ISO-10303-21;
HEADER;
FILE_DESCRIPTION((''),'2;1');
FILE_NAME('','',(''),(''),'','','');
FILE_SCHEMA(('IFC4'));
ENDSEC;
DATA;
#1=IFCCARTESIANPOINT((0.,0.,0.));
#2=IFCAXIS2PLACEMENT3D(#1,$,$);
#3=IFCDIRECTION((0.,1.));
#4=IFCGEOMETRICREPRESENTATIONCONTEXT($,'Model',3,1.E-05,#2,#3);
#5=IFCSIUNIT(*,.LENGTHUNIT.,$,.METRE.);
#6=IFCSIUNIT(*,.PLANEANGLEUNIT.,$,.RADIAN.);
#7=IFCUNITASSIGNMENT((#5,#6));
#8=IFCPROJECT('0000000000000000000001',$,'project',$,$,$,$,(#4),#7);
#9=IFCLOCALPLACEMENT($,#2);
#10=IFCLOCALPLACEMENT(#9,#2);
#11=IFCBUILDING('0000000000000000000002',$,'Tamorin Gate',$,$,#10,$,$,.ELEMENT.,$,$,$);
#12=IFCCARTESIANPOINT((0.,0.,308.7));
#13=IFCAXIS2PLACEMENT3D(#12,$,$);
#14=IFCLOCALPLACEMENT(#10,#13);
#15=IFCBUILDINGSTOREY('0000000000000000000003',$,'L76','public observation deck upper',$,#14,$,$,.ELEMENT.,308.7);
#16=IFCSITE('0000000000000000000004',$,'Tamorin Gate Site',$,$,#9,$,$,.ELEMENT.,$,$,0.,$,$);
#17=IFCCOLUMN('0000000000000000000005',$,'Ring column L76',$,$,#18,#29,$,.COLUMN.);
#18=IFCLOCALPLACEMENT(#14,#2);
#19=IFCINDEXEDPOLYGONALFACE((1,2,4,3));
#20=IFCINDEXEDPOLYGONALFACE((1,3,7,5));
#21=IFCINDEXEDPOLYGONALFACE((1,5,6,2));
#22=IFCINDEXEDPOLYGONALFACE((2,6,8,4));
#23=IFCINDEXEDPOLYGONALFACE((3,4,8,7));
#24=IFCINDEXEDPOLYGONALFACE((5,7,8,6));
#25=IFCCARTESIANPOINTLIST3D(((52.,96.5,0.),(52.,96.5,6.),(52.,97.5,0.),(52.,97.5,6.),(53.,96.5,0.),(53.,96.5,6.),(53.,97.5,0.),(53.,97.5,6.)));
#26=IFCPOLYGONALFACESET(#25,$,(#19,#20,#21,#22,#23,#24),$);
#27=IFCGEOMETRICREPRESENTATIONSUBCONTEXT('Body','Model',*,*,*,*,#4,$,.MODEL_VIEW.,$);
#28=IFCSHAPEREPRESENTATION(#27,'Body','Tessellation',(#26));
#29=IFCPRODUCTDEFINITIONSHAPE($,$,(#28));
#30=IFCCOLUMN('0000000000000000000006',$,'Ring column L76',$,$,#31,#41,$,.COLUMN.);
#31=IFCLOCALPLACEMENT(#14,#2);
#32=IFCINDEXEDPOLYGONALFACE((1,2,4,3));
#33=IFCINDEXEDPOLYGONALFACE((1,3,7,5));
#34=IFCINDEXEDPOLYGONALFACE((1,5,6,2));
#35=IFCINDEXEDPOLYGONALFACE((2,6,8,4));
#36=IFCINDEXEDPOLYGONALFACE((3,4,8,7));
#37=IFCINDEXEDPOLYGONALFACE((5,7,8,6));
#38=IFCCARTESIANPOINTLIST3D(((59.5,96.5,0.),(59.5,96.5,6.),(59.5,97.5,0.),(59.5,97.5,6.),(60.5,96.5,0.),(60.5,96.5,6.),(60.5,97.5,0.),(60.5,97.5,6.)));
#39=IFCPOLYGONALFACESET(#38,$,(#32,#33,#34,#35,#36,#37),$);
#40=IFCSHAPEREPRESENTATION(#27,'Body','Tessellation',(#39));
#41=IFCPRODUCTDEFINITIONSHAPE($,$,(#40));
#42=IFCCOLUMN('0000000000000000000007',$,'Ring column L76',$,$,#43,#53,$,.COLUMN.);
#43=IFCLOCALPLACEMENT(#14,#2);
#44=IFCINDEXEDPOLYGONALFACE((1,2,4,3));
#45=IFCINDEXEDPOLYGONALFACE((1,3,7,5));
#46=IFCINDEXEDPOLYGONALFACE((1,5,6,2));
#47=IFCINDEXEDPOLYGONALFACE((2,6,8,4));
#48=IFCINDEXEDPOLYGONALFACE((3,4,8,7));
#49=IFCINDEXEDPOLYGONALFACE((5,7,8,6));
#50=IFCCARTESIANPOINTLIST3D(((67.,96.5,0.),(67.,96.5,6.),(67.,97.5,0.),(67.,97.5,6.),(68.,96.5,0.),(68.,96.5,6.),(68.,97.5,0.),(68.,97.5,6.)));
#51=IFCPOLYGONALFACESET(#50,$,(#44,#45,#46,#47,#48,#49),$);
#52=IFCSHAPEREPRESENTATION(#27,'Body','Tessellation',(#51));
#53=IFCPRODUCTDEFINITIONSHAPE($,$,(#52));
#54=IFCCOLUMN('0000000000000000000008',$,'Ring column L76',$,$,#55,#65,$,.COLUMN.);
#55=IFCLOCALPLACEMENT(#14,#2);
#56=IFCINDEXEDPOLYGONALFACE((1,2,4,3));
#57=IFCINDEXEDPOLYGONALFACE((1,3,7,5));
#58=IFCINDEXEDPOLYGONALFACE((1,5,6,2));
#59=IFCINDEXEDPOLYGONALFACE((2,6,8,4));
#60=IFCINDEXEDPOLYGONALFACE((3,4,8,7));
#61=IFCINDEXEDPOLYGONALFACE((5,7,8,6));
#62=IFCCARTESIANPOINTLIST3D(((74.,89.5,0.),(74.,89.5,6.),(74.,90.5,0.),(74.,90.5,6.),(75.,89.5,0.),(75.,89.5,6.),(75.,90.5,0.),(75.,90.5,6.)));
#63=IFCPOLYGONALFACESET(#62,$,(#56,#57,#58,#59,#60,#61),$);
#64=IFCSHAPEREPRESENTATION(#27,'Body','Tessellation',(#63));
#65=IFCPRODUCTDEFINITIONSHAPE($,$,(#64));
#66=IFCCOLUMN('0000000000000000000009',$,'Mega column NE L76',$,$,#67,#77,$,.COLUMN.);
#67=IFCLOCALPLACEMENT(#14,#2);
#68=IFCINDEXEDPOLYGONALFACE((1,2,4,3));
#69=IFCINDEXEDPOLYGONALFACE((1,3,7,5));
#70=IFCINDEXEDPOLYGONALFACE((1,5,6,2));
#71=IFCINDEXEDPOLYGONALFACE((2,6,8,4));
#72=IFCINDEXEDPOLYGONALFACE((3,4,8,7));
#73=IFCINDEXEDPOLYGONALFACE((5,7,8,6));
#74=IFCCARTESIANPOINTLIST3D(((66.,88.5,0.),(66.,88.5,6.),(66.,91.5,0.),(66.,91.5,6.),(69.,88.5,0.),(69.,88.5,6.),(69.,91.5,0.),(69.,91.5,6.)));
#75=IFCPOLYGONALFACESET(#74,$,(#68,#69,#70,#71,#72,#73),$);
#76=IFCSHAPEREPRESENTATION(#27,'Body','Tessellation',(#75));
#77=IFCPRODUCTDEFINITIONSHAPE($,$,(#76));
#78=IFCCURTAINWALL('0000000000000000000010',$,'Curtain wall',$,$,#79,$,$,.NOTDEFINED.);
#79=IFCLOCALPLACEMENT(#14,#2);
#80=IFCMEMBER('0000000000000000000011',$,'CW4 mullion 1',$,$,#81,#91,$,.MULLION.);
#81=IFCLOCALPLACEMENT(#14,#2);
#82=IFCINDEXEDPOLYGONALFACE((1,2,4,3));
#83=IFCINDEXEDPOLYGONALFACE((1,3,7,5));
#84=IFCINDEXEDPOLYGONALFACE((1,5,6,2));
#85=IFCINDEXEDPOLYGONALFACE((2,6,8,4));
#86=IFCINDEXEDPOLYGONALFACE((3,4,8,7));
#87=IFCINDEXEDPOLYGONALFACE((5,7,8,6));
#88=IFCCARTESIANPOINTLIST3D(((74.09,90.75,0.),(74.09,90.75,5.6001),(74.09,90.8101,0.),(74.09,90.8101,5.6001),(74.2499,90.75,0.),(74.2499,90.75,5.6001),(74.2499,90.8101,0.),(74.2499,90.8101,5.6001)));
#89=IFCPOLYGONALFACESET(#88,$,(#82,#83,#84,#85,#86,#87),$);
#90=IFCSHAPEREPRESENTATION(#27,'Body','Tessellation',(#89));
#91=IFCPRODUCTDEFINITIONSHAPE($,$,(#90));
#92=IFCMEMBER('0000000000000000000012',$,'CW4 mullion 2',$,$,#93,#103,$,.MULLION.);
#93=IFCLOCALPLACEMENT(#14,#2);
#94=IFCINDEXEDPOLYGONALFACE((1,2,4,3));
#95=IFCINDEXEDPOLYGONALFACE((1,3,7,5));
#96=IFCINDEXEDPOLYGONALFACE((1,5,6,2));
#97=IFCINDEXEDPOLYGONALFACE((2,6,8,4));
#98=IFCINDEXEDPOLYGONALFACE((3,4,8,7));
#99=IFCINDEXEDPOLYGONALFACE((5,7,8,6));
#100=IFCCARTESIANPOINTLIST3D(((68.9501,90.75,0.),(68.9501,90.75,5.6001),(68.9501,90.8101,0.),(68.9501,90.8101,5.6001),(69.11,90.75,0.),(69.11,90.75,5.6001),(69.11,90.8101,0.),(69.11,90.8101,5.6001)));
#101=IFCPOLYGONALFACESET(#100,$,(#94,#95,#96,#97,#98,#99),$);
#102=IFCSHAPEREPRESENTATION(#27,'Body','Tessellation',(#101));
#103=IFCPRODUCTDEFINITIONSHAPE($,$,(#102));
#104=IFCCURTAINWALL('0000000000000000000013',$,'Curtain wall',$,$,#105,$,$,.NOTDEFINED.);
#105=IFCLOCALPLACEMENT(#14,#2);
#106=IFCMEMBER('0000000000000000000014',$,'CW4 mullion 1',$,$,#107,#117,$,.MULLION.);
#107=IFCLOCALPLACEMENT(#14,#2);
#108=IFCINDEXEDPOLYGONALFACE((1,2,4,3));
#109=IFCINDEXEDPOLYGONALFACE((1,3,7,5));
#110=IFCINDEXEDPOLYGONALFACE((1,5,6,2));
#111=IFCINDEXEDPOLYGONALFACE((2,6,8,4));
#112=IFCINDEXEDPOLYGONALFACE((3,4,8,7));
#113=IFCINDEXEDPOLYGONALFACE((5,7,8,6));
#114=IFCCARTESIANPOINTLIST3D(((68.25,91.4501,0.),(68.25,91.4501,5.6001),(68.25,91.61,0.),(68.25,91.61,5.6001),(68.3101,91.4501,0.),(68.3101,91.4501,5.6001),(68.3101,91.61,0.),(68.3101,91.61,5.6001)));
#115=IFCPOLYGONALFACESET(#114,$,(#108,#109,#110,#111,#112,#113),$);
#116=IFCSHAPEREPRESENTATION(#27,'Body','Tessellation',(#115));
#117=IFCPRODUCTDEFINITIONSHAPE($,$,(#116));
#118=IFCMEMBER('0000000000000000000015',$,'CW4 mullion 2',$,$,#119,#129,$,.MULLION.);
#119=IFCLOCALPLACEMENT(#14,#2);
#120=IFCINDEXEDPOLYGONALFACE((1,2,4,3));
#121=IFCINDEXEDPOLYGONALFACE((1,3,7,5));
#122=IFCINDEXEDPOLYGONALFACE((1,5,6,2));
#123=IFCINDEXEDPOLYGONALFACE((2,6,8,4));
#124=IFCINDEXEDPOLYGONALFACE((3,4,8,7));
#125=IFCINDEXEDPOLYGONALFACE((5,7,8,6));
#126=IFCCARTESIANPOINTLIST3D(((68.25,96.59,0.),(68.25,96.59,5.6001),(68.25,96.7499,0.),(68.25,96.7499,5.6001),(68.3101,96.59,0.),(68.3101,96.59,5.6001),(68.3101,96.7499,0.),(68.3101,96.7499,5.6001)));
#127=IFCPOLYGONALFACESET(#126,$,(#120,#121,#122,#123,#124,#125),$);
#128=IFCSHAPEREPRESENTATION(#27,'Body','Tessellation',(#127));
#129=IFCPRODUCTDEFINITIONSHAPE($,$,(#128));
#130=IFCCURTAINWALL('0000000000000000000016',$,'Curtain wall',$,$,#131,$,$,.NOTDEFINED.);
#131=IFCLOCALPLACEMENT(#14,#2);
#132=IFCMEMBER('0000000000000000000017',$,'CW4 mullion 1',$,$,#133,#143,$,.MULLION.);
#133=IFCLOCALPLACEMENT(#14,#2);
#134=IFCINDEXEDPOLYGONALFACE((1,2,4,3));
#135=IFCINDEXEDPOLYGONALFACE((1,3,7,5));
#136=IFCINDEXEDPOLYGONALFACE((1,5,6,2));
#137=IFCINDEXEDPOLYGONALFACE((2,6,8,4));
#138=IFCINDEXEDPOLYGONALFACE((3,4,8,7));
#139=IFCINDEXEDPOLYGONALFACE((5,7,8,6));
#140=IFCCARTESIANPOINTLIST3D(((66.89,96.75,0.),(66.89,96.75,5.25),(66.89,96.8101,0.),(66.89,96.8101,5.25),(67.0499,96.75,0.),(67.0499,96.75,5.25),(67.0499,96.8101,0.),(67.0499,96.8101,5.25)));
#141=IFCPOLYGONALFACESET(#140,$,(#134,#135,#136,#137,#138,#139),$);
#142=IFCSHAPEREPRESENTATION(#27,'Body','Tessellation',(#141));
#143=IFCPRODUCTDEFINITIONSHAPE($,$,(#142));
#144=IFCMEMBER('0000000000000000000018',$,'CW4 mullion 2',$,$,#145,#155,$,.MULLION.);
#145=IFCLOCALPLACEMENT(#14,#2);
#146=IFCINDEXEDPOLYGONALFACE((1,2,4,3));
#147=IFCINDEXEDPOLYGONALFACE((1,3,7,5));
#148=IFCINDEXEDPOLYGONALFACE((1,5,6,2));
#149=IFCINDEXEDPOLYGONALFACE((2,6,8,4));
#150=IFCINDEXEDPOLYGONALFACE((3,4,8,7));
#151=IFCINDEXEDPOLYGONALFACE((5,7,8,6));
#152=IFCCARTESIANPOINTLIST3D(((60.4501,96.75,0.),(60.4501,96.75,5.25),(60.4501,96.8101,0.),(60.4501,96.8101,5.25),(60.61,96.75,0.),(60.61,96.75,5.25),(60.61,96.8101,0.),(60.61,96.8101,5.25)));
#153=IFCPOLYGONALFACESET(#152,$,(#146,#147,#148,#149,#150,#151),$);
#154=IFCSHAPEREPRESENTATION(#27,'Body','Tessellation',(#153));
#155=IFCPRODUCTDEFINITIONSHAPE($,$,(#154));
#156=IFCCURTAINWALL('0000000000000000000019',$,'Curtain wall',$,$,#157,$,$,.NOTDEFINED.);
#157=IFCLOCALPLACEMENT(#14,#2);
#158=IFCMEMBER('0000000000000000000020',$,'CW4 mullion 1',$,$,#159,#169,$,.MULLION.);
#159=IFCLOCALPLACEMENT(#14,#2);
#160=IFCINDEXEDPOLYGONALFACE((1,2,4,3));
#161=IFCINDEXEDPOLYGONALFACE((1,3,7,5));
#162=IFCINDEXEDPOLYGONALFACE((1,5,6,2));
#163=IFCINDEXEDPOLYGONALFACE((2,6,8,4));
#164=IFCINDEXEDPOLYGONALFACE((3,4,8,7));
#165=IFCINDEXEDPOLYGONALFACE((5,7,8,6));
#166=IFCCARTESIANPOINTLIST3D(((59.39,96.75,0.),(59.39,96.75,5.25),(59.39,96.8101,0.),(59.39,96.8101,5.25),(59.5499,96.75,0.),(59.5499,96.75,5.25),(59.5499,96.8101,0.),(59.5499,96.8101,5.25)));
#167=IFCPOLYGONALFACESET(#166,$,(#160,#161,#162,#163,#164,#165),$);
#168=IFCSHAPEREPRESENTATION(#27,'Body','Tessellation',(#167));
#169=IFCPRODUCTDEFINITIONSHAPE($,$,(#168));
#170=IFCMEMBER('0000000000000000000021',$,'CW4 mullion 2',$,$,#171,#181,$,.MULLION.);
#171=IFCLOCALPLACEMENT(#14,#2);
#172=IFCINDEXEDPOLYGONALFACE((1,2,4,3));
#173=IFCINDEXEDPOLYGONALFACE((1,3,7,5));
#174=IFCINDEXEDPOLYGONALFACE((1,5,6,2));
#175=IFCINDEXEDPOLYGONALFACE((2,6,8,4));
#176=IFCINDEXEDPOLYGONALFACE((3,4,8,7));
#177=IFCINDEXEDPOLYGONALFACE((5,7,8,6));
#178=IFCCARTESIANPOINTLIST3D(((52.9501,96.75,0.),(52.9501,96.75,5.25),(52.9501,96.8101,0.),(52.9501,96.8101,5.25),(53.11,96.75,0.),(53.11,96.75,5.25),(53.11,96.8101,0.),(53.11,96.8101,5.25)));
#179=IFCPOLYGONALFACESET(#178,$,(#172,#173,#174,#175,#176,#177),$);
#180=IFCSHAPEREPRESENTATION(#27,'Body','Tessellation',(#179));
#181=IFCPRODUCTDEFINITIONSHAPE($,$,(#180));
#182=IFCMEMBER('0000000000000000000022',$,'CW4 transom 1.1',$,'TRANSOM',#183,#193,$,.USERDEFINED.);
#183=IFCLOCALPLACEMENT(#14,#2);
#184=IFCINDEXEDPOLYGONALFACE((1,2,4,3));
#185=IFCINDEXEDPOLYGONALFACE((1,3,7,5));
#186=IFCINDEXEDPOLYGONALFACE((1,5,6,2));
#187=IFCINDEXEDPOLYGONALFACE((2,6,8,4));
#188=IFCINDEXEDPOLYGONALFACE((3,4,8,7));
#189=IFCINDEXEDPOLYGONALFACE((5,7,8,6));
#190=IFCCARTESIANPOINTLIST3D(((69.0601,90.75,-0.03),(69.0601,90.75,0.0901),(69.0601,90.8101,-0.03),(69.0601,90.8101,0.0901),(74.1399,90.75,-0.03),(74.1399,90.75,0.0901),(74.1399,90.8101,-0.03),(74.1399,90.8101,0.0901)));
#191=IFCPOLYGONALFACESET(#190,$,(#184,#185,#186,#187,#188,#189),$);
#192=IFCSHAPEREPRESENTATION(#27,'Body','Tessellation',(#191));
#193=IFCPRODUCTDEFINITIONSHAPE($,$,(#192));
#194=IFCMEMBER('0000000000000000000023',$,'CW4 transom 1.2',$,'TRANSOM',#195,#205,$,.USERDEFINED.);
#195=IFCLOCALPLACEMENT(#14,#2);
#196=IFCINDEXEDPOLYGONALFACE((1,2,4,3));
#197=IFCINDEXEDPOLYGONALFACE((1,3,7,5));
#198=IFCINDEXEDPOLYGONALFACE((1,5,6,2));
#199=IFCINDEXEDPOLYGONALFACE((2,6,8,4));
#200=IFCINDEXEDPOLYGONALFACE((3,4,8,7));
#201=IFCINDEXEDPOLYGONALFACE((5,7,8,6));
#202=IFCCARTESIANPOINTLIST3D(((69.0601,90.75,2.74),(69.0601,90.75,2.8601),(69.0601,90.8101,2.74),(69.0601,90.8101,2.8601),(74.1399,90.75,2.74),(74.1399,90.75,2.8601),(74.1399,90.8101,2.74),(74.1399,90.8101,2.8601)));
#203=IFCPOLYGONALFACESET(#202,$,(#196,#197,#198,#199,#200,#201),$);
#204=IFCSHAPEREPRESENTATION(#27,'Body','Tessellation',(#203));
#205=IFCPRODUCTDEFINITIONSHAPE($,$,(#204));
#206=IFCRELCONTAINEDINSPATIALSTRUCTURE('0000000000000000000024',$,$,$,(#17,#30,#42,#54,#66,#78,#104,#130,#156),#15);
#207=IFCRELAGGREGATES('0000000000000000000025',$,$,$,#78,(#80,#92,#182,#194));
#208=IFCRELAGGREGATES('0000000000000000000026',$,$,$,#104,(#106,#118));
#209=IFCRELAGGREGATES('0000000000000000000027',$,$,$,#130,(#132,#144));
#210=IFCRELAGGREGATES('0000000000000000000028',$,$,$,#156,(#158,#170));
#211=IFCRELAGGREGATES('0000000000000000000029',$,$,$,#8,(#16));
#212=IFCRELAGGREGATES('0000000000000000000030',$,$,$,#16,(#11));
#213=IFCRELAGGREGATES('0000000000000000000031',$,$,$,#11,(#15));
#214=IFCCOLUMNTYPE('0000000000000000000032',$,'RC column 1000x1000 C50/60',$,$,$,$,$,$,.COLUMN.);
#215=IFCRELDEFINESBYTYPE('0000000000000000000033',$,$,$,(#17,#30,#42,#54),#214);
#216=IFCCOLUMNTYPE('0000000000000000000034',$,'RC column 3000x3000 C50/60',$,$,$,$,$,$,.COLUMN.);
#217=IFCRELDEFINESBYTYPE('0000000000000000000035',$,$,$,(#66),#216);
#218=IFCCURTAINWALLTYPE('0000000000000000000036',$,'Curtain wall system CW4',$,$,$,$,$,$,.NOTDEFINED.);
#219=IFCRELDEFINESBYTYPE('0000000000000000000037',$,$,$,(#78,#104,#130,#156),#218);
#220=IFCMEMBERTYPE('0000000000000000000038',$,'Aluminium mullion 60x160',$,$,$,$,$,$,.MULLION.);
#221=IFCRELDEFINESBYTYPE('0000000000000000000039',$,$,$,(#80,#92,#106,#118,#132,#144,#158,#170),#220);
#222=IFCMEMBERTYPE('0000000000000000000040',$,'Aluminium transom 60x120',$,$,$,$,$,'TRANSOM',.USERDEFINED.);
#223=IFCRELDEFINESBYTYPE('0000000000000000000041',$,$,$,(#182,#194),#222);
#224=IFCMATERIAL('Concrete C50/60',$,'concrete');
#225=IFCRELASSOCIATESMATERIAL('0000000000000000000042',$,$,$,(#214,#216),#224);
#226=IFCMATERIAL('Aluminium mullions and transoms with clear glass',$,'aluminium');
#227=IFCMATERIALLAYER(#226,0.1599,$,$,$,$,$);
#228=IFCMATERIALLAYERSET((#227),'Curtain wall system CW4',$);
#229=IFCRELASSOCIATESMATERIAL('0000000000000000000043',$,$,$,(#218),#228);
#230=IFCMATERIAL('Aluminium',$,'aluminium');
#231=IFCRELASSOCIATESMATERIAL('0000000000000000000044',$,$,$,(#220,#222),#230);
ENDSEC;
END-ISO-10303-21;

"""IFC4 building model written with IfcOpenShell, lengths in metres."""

from ifc_helpers import new_model, si_unit, direction, frame, origin, origin_2d, place, context, subcontext, project, spatial, rectangle, extrude, material, layer, layer_set, material_profile, profile_set, type_object, element, aggregate, save


model = new_model("IFC4")

# Units and contexts
model_context = context("Model", 3, precision=1e-05, world=origin(), true_north=direction((0.0, 1.0)))
body_context = subcontext(model_context, "Body", "Model", "MODEL_VIEW")
ifc_project = project(units=[si_unit("LENGTHUNIT", "METRE"), si_unit("PLANEANGLEUNIT", "RADIAN")], contexts=[model_context])

# Site, building, storey
site_placement = place(None, origin())
site = spatial("IfcSite", under=ifc_project, at=site_placement, Name="Tamorin Gate Site", CompositionType="ELEMENT", RefElevation=0.0)
building_placement = place(site_placement, origin())
building = spatial("IfcBuilding", under=site, at=building_placement, Name="Tamorin Gate", CompositionType="ELEMENT")
storey_placement = place(building_placement, frame((0.0, 0.0, 308.7)))
storey = spatial("IfcBuildingStorey", under=building, at=storey_placement, Name="L76", Description="public observation deck upper", CompositionType="ELEMENT", Elevation=308.7)

# Columns
ifc_material_1 = material(Name="Concrete C50/60", Category="concrete")
ifc_material_profile_1 = material_profile(ifc_material_1, rectangle(XDim=1.0, YDim=1.0, at=origin_2d()), Name="RC 1000x1000")
ifc_profile_set_1 = profile_set([ifc_material_profile_1], Name="Concrete C50/60")
column_type_1 = type_object("IfcColumnType", Name="RC column 1000x1000 C50/60", PredefinedType="COLUMN", material=ifc_profile_set_1)
for number, where, z_axis, x_axis, name in (
    (1, (52.5, 97.0, 0.0), (0.0, 0.0, 1.0), (1.0, 0.0, 0.0), "Ring column L76"),
    (2, (60.0, 97.0, 0.0), (0.0, 0.0, 1.0), (1.0, 0.0, 0.0), "Ring column L76"),
    (3, (67.5, 97.0, 0.0), (0.0, 0.0, 1.0), (1.0, 0.0, 0.0), "Ring column L76"),
    (4, (74.5, 90.0, 0.0), (0.0, 0.0, 1.0), (1.0, 0.0, 0.0), "Ring column L76"),
):
    element("IfcColumn", number, at=place(storey_placement, frame(where, z_axis=z_axis, x_axis=x_axis)), inside=storey, type_object=column_type_1, Name=name, PredefinedType="COLUMN", context=body_context, shape_type="SweptSolid", body=[
        extrude(rectangle(XDim=1.0, YDim=1.0, at=origin_2d()), origin(), (0.0, 0.0, 1.0), 6.0),
    ])
ifc_material_profile_2 = material_profile(ifc_material_1, rectangle(XDim=3.0, YDim=3.0, at=origin_2d()), Name="RC 3000x3000")
ifc_profile_set_2 = profile_set([ifc_material_profile_2], Name="Concrete C50/60")
column_type_2 = type_object("IfcColumnType", Name="RC column 3000x3000 C50/60", PredefinedType="COLUMN", material=ifc_profile_set_2)
column_placement = place(storey_placement, frame((67.5, 90.0, 0.0), z_axis=(0.0, 0.0, 1.0), x_axis=(1.0, 0.0, 0.0)))
element("IfcColumn", 5, at=column_placement, inside=storey, type_object=column_type_2, Name="Mega column NE L76", PredefinedType="COLUMN", context=body_context, shape_type="SweptSolid", body=[
    extrude(rectangle(XDim=3.0, YDim=3.0, at=origin_2d()), origin(), (0.0, 0.0, 1.0), 6.0),
])

# Curtain walls, members
ifc_material_2 = material(Name="Aluminium mullions and transoms with clear glass", Category="aluminium")
ifc_layer_1 = layer(ifc_material_2, 0.1599)
ifc_layer_set_1 = layer_set([ifc_layer_1], Name="Curtain wall system CW4")
curtain_wall_type = type_object("IfcCurtainWallType", Name="Curtain wall system CW4", PredefinedType="NOTDEFINED", material=ifc_layer_set_1)
curtain_wall_1_placement = place(storey_placement, origin())
curtain_wall_1 = element("IfcCurtainWall", 6, at=curtain_wall_1_placement, inside=storey, type_object=curtain_wall_type, Name="Curtain wall", PredefinedType="NOTDEFINED")
ifc_material_3 = material(Name="Aluminium", Category="aluminium")
ifc_material_profile_3 = material_profile(ifc_material_3, rectangle(XDim=0.0601, YDim=0.1599, at=origin_2d()), Name="RECT 60x160")
ifc_profile_set_3 = profile_set([ifc_material_profile_3], Name="Aluminium")
member_type_1 = type_object("IfcMemberType", Name="Aluminium mullion 60x160", PredefinedType="MULLION", material=ifc_profile_set_3)
member_1_placement = place(storey_placement, frame((74.1699, 90.78, 0.0), z_axis=(0.0, 0.0, 1.0), x_axis=(0.0, -1.0, 0.0)))
member_1 = element("IfcMember", 7, at=member_1_placement, type_object=member_type_1, Name="CW4 mullion 1", PredefinedType="MULLION", context=body_context, shape_type="SweptSolid", body=[
    extrude(rectangle(XDim=0.0601, YDim=0.1599, at=origin_2d()), origin(), (0.0, 0.0, 1.0), 5.6001),
])
member_2_placement = place(storey_placement, frame((69.03, 90.78, 0.0), z_axis=(0.0, 0.0, 1.0), x_axis=(0.0, -1.0, 0.0)))
member_2 = element("IfcMember", 8, at=member_2_placement, type_object=member_type_1, Name="CW4 mullion 2", PredefinedType="MULLION", context=body_context, shape_type="SweptSolid", body=[
    extrude(rectangle(XDim=0.0601, YDim=0.1599, at=origin_2d()), origin(), (0.0, 0.0, 1.0), 5.6001),
])
curtain_wall_2_placement = place(storey_placement, origin())
curtain_wall_2 = element("IfcCurtainWall", 9, at=curtain_wall_2_placement, inside=storey, type_object=curtain_wall_type, Name="Curtain wall", PredefinedType="NOTDEFINED")
member_3_placement = place(storey_placement, frame((68.28, 91.53, 0.0), z_axis=(0.0, 0.0, 1.0), x_axis=(-1.0, 0.0, 0.0)))
member_3 = element("IfcMember", 10, at=member_3_placement, type_object=member_type_1, Name="CW4 mullion 1", PredefinedType="MULLION", context=body_context, shape_type="SweptSolid", body=[
    extrude(rectangle(XDim=0.0601, YDim=0.1599, at=origin_2d()), origin(), (0.0, 0.0, 1.0), 5.6001),
])
member_4_placement = place(storey_placement, frame((68.28, 96.6699, 0.0), z_axis=(0.0, 0.0, 1.0), x_axis=(-1.0, 0.0, 0.0)))
member_4 = element("IfcMember", 11, at=member_4_placement, type_object=member_type_1, Name="CW4 mullion 2", PredefinedType="MULLION", context=body_context, shape_type="SweptSolid", body=[
    extrude(rectangle(XDim=0.0601, YDim=0.1599, at=origin_2d()), origin(), (0.0, 0.0, 1.0), 5.6001),
])
curtain_wall_3_placement = place(storey_placement, origin())
curtain_wall_3 = element("IfcCurtainWall", 12, at=curtain_wall_3_placement, inside=storey, type_object=curtain_wall_type, Name="Curtain wall", PredefinedType="NOTDEFINED")
member_5_placement = place(storey_placement, frame((66.97, 96.78, 0.0), z_axis=(0.0, 0.0, 1.0), x_axis=(0.0, -1.0, 0.0)))
member_5 = element("IfcMember", 13, at=member_5_placement, type_object=member_type_1, Name="CW4 mullion 1", PredefinedType="MULLION", context=body_context, shape_type="SweptSolid", body=[
    extrude(rectangle(XDim=0.0601, YDim=0.1599, at=origin_2d()), origin(), (0.0, 0.0, 1.0), 5.25),
])
member_6_placement = place(storey_placement, frame((60.53, 96.78, 0.0), z_axis=(0.0, 0.0, 1.0), x_axis=(0.0, -1.0, 0.0)))
member_6 = element("IfcMember", 14, at=member_6_placement, type_object=member_type_1, Name="CW4 mullion 2", PredefinedType="MULLION", context=body_context, shape_type="SweptSolid", body=[
    extrude(rectangle(XDim=0.0601, YDim=0.1599, at=origin_2d()), origin(), (0.0, 0.0, 1.0), 5.25),
])
curtain_wall_4_placement = place(storey_placement, origin())
curtain_wall_4 = element("IfcCurtainWall", 15, at=curtain_wall_4_placement, inside=storey, type_object=curtain_wall_type, Name="Curtain wall", PredefinedType="NOTDEFINED")
member_7_placement = place(storey_placement, frame((59.47, 96.78, 0.0), z_axis=(0.0, 0.0, 1.0), x_axis=(0.0, -1.0, 0.0)))
member_7 = element("IfcMember", 16, at=member_7_placement, type_object=member_type_1, Name="CW4 mullion 1", PredefinedType="MULLION", context=body_context, shape_type="SweptSolid", body=[
    extrude(rectangle(XDim=0.0601, YDim=0.1599, at=origin_2d()), origin(), (0.0, 0.0, 1.0), 5.25),
])
member_8_placement = place(storey_placement, frame((53.03, 96.78, 0.0), z_axis=(0.0, 0.0, 1.0), x_axis=(0.0, -1.0, 0.0)))
member_8 = element("IfcMember", 17, at=member_8_placement, type_object=member_type_1, Name="CW4 mullion 2", PredefinedType="MULLION", context=body_context, shape_type="SweptSolid", body=[
    extrude(rectangle(XDim=0.0601, YDim=0.1599, at=origin_2d()), origin(), (0.0, 0.0, 1.0), 5.25),
])

# Members
ifc_material_profile_4 = material_profile(ifc_material_3, rectangle(XDim=0.0601, YDim=0.1201, at=origin_2d()), Name="RECT 60x120")
ifc_profile_set_4 = profile_set([ifc_material_profile_4], Name="Aluminium")
member_type_2 = type_object("IfcMemberType", Name="Aluminium transom 60x120", ElementType="TRANSOM", PredefinedType="USERDEFINED", material=ifc_profile_set_4)
member_9_placement = place(storey_placement, frame((74.1399, 90.78, 0.03), z_axis=(-1.0, 0.0, 0.0), x_axis=(0.0, -1.0, 0.0)))
member_9 = element("IfcMember", 18, at=member_9_placement, type_object=member_type_2, Name="CW4 transom 1.1", ObjectType="TRANSOM", PredefinedType="USERDEFINED", context=body_context, shape_type="SweptSolid", body=[
    extrude(rectangle(XDim=0.0601, YDim=0.1201, at=origin_2d()), origin(), (0.0, 0.0, 1.0), 5.0798),
])
member_10_placement = place(storey_placement, frame((74.1399, 90.78, 2.8), z_axis=(-1.0, 0.0, 0.0), x_axis=(0.0, -1.0, 0.0)))
member_10 = element("IfcMember", 19, at=member_10_placement, type_object=member_type_2, Name="CW4 transom 1.2", ObjectType="TRANSOM", PredefinedType="USERDEFINED", context=body_context, shape_type="SweptSolid", body=[
    extrude(rectangle(XDim=0.0601, YDim=0.1201, at=origin_2d()), origin(), (0.0, 0.0, 1.0), 5.0798),
])

aggregate(curtain_wall_1, [member_1, member_2, member_9, member_10])
aggregate(curtain_wall_2, [member_3, member_4])
aggregate(curtain_wall_3, [member_5, member_6])
aggregate(curtain_wall_4, [member_7, member_8])

save(model, "model.ifc")
